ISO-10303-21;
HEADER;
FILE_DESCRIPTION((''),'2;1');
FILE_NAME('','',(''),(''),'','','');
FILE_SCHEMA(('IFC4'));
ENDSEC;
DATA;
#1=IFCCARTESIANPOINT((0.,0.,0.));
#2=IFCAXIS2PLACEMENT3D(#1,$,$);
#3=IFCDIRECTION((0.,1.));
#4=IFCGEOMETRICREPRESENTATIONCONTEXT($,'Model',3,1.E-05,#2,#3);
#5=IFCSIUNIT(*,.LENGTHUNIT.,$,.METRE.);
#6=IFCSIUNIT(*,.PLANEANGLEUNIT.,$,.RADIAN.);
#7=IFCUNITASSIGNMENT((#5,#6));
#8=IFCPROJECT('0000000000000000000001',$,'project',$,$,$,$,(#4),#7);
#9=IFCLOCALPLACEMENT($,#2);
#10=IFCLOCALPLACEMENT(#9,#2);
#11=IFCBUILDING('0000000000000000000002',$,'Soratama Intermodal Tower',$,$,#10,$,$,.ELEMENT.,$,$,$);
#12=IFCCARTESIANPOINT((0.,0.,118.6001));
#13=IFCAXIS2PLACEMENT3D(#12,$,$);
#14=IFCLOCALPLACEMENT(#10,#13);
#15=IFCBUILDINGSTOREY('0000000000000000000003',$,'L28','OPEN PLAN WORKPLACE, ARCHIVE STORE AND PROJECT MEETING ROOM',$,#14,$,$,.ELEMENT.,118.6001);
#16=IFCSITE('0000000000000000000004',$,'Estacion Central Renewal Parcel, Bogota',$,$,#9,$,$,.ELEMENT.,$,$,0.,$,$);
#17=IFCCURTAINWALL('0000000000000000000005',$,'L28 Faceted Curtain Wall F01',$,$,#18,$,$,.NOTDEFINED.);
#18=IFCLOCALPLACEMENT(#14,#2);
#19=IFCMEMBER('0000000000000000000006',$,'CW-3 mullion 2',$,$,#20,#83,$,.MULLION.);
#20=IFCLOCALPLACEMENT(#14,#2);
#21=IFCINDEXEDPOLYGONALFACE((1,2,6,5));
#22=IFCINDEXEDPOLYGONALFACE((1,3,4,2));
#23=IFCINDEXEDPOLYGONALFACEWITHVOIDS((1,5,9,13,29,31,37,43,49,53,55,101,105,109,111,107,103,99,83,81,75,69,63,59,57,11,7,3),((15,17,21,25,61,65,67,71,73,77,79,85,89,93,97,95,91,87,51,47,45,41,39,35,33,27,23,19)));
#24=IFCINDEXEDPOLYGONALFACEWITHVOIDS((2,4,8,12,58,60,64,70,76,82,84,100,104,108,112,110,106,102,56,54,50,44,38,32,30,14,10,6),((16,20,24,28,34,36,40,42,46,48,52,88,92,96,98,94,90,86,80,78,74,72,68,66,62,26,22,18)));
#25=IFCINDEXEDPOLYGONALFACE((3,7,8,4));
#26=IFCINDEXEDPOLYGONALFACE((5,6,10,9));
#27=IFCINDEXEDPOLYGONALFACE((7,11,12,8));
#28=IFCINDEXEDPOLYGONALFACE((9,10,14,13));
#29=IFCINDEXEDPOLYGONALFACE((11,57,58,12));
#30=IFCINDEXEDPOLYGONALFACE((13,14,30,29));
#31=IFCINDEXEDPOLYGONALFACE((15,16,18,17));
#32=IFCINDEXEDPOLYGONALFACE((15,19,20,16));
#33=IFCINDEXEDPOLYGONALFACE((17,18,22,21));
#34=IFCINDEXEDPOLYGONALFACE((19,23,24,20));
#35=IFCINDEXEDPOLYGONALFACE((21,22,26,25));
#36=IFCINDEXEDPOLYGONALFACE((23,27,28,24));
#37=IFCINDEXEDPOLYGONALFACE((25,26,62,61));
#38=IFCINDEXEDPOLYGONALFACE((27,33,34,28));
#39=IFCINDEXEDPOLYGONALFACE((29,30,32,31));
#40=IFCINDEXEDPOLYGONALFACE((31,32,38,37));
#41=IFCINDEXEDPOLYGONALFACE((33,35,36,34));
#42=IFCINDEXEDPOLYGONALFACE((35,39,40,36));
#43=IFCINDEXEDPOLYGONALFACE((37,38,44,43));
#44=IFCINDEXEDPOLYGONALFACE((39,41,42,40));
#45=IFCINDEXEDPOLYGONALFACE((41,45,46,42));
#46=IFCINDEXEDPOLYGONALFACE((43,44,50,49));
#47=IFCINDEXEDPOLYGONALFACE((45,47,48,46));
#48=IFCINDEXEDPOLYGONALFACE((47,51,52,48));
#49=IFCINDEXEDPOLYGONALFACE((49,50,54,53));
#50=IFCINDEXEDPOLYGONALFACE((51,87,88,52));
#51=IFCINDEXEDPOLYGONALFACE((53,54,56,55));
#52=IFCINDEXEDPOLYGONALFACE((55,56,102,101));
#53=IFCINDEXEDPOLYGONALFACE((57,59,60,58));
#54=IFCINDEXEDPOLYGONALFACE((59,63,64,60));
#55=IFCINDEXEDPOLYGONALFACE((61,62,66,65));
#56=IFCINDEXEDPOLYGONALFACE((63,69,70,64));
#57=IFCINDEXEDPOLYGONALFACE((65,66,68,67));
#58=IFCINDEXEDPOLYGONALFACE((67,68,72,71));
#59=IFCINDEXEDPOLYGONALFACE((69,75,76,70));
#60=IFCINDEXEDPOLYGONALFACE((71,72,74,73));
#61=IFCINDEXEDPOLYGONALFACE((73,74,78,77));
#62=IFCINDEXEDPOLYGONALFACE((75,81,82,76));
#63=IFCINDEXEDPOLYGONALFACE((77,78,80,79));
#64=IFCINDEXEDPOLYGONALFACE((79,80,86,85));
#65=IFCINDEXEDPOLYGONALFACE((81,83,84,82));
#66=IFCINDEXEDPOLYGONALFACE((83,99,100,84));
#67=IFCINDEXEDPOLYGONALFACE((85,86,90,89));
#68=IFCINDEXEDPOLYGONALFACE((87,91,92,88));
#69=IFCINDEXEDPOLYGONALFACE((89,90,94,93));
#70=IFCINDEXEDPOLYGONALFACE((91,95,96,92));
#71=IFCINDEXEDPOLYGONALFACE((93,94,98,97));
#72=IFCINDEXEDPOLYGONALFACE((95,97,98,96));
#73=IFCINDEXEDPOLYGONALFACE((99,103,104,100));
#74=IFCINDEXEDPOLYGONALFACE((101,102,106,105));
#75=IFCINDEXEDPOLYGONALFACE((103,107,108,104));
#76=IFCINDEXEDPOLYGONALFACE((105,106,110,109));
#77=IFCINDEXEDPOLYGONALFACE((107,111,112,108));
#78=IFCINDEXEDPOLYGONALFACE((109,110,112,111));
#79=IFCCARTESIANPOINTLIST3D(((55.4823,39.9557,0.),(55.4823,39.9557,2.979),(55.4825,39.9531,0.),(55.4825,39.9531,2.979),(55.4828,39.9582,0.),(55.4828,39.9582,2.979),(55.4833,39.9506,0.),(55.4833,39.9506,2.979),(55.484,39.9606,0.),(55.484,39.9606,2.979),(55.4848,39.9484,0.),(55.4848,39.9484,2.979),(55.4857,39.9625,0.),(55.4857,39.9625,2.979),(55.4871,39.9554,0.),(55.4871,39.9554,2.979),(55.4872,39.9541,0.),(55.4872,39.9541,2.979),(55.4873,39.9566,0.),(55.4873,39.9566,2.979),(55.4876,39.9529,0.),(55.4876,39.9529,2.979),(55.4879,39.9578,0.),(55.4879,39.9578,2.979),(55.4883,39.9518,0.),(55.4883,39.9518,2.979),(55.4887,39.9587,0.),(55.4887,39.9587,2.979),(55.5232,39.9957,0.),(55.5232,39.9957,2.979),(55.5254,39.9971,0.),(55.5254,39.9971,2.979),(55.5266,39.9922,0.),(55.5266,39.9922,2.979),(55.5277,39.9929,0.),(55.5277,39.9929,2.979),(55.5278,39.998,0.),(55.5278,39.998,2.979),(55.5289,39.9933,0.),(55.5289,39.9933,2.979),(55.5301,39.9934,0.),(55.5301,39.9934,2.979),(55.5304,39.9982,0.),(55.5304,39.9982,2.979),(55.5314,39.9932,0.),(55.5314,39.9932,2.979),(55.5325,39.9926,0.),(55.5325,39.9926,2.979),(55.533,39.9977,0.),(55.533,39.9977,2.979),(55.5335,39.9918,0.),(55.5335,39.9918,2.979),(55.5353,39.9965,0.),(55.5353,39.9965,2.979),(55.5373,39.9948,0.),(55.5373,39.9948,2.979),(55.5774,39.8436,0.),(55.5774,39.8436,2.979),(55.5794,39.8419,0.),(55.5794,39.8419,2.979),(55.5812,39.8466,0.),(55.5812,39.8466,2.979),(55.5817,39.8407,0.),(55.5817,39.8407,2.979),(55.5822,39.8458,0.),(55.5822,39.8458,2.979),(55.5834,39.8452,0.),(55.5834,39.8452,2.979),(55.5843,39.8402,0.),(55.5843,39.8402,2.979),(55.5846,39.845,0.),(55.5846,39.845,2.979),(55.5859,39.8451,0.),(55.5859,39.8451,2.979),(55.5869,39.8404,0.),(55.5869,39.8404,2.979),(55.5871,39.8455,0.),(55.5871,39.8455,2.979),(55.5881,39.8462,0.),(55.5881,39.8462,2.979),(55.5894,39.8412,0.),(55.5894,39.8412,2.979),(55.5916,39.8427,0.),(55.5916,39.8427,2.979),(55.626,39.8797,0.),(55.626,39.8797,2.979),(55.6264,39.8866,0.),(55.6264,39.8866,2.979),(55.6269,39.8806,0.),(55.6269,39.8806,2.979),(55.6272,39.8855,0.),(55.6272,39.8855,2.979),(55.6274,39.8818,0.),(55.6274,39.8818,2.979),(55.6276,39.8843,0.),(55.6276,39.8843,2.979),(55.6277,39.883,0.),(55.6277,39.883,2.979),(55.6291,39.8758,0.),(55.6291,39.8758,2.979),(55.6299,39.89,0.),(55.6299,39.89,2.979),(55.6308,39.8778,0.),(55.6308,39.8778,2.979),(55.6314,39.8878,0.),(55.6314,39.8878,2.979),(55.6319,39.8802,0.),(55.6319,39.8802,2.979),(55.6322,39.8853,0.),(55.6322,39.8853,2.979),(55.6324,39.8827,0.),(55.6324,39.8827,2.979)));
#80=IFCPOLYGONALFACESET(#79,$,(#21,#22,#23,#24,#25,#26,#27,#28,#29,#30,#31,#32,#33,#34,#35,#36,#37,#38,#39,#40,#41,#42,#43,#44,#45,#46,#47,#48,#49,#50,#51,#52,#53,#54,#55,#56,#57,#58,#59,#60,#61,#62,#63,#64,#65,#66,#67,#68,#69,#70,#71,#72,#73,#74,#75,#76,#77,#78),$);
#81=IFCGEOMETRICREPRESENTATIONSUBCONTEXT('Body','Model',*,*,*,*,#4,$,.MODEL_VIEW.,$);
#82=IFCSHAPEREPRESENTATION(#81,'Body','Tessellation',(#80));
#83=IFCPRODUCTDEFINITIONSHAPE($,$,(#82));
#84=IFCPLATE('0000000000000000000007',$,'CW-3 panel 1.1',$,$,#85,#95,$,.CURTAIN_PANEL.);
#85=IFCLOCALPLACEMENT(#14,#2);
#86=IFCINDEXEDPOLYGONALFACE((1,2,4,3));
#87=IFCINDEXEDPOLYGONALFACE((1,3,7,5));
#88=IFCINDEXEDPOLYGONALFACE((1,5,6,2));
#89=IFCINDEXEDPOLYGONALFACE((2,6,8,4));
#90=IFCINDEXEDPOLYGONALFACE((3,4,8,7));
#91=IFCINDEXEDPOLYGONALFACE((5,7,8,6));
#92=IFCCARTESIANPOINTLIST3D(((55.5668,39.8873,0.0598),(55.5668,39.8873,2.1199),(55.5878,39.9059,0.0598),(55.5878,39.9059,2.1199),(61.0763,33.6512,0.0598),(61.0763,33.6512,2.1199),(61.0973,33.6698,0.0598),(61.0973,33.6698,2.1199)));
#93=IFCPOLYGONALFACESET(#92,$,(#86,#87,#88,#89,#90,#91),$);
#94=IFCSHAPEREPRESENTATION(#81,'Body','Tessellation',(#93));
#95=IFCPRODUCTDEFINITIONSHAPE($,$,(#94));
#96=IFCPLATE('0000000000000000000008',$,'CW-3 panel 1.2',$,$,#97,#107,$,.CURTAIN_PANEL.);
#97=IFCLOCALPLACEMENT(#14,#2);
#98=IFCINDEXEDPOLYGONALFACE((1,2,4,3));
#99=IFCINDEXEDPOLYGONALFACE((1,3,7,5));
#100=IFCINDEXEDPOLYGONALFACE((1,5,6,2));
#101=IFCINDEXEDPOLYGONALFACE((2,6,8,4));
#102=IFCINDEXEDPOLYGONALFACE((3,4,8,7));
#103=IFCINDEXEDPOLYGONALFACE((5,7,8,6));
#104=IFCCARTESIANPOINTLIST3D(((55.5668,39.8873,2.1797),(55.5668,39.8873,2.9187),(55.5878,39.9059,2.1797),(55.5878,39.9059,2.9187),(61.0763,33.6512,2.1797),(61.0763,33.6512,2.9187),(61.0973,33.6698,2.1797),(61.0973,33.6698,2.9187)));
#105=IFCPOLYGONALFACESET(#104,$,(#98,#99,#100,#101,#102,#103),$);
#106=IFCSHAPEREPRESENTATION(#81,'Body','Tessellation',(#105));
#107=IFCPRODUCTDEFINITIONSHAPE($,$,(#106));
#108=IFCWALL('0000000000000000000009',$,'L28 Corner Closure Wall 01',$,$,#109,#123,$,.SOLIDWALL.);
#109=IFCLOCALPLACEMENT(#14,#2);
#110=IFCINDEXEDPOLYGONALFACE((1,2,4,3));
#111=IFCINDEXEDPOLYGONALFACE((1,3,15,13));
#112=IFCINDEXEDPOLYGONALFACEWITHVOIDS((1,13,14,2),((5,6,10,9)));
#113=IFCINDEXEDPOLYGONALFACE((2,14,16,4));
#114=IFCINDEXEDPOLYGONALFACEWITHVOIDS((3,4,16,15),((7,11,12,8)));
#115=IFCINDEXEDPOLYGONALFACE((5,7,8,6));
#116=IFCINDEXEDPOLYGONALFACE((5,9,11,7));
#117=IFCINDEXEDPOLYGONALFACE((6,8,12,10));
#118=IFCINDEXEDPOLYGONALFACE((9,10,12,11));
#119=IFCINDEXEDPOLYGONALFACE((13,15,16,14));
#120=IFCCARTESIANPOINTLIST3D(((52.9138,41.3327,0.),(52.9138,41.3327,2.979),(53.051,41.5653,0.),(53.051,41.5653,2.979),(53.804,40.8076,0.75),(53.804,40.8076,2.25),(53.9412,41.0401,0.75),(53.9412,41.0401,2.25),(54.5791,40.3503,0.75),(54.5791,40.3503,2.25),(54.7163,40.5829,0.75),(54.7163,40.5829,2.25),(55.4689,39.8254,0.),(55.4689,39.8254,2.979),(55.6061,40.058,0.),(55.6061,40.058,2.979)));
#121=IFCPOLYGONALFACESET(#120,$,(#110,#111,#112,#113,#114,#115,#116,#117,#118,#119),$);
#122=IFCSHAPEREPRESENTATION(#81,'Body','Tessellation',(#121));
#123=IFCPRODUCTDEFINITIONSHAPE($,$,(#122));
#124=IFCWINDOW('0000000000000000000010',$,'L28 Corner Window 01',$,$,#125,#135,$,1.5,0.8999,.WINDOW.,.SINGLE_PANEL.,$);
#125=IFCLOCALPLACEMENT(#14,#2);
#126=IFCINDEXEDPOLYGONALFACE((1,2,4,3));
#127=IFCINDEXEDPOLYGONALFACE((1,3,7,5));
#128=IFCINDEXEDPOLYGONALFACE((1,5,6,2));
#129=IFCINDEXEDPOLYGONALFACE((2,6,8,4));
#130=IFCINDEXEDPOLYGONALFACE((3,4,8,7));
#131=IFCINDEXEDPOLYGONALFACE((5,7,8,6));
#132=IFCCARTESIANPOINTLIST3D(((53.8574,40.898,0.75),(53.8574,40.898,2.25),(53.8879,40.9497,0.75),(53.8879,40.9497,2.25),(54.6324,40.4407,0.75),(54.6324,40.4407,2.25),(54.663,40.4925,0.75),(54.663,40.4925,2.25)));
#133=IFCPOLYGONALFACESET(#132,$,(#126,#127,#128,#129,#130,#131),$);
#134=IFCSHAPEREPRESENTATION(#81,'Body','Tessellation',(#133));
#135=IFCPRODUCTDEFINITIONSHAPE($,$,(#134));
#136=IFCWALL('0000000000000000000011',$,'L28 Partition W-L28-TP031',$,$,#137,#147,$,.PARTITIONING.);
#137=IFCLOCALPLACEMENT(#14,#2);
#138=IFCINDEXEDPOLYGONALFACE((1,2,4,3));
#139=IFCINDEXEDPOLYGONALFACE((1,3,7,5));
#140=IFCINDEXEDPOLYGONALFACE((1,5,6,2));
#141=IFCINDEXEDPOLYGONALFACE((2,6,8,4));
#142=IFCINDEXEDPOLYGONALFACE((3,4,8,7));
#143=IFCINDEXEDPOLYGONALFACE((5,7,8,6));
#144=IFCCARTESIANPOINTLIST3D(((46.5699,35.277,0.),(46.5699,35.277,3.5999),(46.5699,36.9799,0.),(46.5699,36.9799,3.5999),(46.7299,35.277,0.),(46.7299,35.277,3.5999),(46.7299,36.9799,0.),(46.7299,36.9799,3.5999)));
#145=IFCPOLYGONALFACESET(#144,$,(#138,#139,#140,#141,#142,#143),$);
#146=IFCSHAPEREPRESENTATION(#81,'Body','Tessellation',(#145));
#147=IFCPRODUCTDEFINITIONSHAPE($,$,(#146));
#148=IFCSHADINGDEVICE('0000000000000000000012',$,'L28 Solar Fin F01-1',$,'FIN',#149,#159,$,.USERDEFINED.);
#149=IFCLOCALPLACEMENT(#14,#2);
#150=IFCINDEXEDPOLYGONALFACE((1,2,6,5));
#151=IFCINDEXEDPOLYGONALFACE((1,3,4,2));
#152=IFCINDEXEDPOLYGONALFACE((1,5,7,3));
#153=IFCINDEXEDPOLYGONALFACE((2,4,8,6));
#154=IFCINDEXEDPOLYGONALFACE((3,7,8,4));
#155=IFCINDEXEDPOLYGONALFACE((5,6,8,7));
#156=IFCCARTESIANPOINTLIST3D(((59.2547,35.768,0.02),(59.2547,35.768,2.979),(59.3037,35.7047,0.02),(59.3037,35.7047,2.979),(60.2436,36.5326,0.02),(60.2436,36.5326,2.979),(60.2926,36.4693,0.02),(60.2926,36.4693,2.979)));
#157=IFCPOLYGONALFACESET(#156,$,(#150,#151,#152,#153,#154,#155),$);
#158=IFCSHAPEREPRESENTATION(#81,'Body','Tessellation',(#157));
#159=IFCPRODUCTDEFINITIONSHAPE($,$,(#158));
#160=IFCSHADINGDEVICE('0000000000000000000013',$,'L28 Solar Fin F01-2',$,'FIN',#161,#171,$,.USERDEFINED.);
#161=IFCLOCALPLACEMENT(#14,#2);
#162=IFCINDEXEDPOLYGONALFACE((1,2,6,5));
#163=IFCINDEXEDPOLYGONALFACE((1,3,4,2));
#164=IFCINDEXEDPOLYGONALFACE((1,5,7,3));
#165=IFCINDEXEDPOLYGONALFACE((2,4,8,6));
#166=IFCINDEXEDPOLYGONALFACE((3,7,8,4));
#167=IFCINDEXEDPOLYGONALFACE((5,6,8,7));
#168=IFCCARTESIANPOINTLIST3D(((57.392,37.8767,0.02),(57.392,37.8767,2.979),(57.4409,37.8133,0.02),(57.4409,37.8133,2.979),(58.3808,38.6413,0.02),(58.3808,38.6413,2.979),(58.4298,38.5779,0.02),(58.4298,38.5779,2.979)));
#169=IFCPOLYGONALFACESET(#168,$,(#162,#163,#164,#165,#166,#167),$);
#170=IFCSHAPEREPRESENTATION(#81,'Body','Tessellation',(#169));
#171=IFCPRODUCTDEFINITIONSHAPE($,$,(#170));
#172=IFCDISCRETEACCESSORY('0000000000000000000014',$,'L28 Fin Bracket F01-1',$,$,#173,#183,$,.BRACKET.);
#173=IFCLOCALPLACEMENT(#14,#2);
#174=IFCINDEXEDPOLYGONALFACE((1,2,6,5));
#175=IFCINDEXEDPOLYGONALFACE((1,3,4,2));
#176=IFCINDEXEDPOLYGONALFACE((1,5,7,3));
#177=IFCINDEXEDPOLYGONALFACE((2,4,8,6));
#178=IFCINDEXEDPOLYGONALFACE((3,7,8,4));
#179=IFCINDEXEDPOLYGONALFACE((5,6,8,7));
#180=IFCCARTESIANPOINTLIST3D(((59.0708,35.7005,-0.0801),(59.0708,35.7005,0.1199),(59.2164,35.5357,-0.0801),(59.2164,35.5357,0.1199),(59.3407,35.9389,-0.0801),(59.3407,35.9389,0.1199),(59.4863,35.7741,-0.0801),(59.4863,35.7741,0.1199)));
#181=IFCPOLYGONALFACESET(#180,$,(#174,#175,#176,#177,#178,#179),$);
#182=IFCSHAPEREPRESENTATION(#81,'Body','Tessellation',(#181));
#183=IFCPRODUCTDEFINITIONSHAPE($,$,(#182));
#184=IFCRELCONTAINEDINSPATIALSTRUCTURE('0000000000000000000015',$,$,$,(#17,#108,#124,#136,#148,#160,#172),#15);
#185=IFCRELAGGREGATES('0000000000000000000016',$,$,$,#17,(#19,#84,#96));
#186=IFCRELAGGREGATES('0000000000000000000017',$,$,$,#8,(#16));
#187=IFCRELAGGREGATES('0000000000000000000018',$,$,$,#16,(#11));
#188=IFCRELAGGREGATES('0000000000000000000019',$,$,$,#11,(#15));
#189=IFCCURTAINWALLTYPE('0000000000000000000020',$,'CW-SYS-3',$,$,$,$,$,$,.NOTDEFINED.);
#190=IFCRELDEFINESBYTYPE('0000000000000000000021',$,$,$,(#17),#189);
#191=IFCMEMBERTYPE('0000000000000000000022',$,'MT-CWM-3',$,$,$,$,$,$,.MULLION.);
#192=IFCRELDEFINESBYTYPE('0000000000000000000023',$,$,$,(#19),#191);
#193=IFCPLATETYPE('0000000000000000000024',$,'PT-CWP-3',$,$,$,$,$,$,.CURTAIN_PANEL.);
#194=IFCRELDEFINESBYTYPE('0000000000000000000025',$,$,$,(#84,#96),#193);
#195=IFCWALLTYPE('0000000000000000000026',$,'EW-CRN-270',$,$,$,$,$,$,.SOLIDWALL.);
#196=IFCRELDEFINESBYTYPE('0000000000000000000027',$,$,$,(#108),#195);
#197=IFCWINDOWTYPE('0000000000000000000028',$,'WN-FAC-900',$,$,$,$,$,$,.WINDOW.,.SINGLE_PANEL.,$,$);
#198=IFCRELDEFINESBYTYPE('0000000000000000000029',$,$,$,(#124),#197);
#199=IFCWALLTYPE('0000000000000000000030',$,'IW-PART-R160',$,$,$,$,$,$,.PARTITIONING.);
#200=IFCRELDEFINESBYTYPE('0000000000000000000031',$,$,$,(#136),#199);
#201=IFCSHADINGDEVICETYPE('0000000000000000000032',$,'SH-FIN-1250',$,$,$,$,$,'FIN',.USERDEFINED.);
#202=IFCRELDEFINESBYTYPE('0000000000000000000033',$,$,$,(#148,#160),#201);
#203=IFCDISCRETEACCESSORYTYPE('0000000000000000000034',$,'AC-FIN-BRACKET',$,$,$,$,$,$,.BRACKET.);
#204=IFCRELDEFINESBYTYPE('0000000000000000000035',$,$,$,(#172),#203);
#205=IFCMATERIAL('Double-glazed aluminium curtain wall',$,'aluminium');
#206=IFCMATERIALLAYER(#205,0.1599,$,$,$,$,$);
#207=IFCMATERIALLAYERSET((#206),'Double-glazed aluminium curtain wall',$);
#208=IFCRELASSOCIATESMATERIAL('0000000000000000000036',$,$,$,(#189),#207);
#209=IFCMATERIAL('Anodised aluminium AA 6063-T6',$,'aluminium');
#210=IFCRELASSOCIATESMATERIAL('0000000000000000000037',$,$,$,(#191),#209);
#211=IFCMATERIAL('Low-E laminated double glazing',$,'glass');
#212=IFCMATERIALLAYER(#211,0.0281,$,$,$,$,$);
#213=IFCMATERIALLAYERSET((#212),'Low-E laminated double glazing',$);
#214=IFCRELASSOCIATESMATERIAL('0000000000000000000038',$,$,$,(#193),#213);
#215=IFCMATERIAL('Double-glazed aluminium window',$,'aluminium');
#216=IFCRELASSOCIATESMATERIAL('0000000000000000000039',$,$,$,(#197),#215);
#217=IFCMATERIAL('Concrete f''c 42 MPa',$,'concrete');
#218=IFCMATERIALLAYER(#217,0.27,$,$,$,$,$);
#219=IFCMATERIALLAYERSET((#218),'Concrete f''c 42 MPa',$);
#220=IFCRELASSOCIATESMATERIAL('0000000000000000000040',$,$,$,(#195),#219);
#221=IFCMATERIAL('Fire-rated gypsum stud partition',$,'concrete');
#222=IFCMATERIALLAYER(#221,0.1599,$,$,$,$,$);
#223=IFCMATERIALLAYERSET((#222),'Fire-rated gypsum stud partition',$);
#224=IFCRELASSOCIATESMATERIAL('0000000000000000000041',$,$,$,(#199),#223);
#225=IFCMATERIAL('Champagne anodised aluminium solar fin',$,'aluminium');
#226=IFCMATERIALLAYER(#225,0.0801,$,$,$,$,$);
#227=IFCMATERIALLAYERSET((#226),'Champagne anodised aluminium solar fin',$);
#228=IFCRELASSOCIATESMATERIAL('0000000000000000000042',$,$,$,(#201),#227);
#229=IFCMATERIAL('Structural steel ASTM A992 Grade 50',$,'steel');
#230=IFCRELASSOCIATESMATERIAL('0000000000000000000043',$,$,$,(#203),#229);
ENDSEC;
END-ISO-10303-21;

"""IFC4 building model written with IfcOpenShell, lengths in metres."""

from ifc_helpers import new_model, si_unit, direction, frame, frame_2d, origin, origin_2d, place, context, subcontext, project, spatial, rectangle, hollow_rectangle, extrude, material, layer, layer_set, material_profile, profile_set, type_object, element, fill, aggregate, save


model = new_model("IFC4")

# Units and contexts
model_context = context("Model", 3, precision=1e-05, world=origin(), true_north=direction((0.0, 1.0)))
body_context = subcontext(model_context, "Body", "Model", "MODEL_VIEW")
ifc_project = project(units=[si_unit("LENGTHUNIT", "METRE"), si_unit("PLANEANGLEUNIT", "RADIAN")], contexts=[model_context])

# Site, building, storey
site_placement = place(None, origin())
site = spatial("IfcSite", under=ifc_project, at=site_placement, Name="Estacion Central Renewal Parcel, Bogota", CompositionType="ELEMENT", RefElevation=0.0)
building_placement = place(site_placement, origin())
building = spatial("IfcBuilding", under=site, at=building_placement, Name="Soratama Intermodal Tower", CompositionType="ELEMENT")
storey_placement = place(building_placement, frame((0.0, 0.0, 118.6001)))
storey = spatial("IfcBuildingStorey", under=building, at=storey_placement, Name="L28", Description="OPEN PLAN WORKPLACE, ARCHIVE STORE AND PROJECT MEETING ROOM", CompositionType="ELEMENT", Elevation=118.6001)

# Curtain wall, member, plates
ifc_material_1 = material(Name="Double-glazed aluminium curtain wall", Category="aluminium")
ifc_layer_1 = layer(ifc_material_1, 0.1599)
ifc_layer_set_1 = layer_set([ifc_layer_1], Name="Double-glazed aluminium curtain wall")
curtain_wall_type = type_object("IfcCurtainWallType", Name="CW-SYS-3", PredefinedType="NOTDEFINED", material=ifc_layer_set_1)
curtain_wall_placement = place(storey_placement, origin())
curtain_wall = element("IfcCurtainWall", 1, at=curtain_wall_placement, inside=storey, type_object=curtain_wall_type, Name="L28 Faceted Curtain Wall F01", PredefinedType="NOTDEFINED")
ifc_material_2 = material(Name="Anodised aluminium AA 6063-T6", Category="aluminium")
ifc_material_profile_1 = material_profile(ifc_material_2, hollow_rectangle(XDim=0.0701, YDim=0.1599, WallThickness=0.0049, InnerFilletRadius=0.0049, OuterFilletRadius=0.01, at=origin_2d()), Name="CWM160X70X5")
ifc_profile_set_1 = profile_set([ifc_material_profile_1], Name="Anodised aluminium AA 6063-T6")
member_type = type_object("IfcMemberType", Name="MT-CWM-3", PredefinedType="MULLION", material=ifc_profile_set_1)
member_placement = place(storey_placement, frame((55.5574, 39.9192, 0.0), z_axis=(0.0, 0.0, 1.0), x_axis=(-0.749418, -0.662098, 0.0)))
member = element("IfcMember", 2, at=member_placement, type_object=member_type, Name="CW-3 mullion 2", PredefinedType="MULLION", context=body_context, shape_type="SweptSolid", body=[
    extrude(hollow_rectangle(XDim=0.0701, YDim=0.1599, WallThickness=0.0049, InnerFilletRadius=0.0049, OuterFilletRadius=0.01, at=origin_2d()), origin(), (0.0, 0.0, 1.0), 2.979),
])
ifc_material_3 = material(Name="Low-E laminated double glazing", Category="glass")
ifc_layer_2 = layer(ifc_material_3, 0.0281)
ifc_layer_set_2 = layer_set([ifc_layer_2], Name="Low-E laminated double glazing")
plate_type = type_object("IfcPlateType", Name="PT-CWP-3", PredefinedType="CURTAIN_PANEL", material=ifc_layer_set_2)
plate_1_placement = place(storey_placement, frame((58.332, 36.7786, 0.0598), z_axis=(0.0, 0.0, 1.0), x_axis=(-0.662098, 0.749418, 0.0)))
plate_1 = element("IfcPlate", 3, at=plate_1_placement, type_object=plate_type, Name="CW-3 panel 1.1", PredefinedType="CURTAIN_PANEL", context=body_context, shape_type="SweptSolid", body=[
    extrude(rectangle(XDim=8.3213, YDim=0.0281, at=origin_2d()), origin(), (0.0, 0.0, 1.0), 2.0601),
])
plate_2_placement = place(storey_placement, frame((58.332, 36.7786, 2.1797), z_axis=(0.0, 0.0, 1.0), x_axis=(-0.662098, 0.749418, 0.0)))
plate_2 = element("IfcPlate", 4, at=plate_2_placement, type_object=plate_type, Name="CW-3 panel 1.2", PredefinedType="CURTAIN_PANEL", context=body_context, shape_type="SweptSolid", body=[
    extrude(rectangle(XDim=8.3213, YDim=0.0281, at=origin_2d()), origin(), (0.0, 0.0, 1.0), 0.739),
])
aggregate(curtain_wall, [member, plate_1, plate_2])

# Shared definitions
ifc_material_4 = material(Name="Double-glazed aluminium window", Category="aluminium")
window_type_1 = type_object("IfcWindowType", Name="WN-FAC-900", PartitioningType="SINGLE_PANEL", PredefinedType="WINDOW", material=ifc_material_4)

# Wall, opening, window
ifc_material_5 = material(Name="Concrete f'c 42 MPa", Category="concrete")
ifc_layer_3 = layer(ifc_material_5, 0.27)
ifc_layer_set_3 = layer_set([ifc_layer_3], Name="Concrete f'c 42 MPa")
wall_type_1 = type_object("IfcWallType", Name="EW-CRN-270", PredefinedType="SOLIDWALL", material=ifc_layer_set_3)
wall_1_placement = place(storey_placement, frame((55.5376, 39.9417, 0.0), z_axis=(0.0, 0.0, 1.0), x_axis=(-0.861303, 0.508091, 0.0)))
wall_1 = element("IfcWall", 5, at=wall_1_placement, inside=storey, type_object=wall_type_1, Name="L28 Corner Closure Wall 01", PredefinedType="SOLIDWALL", context=body_context, shape_type="SweptSolid", body=[
    extrude(rectangle(XDim=2.9666, YDim=0.27, at=frame_2d((1.4834, 0.0))), origin(), (0.0, 0.0, 1.0), 2.979),
])
opening_1_placement = place(wall_1_placement, frame((1.0332, 0.0, 0.75)))
opening_1 = element("IfcOpeningElement", 6, at=opening_1_placement, cuts=wall_1, PredefinedType="OPENING", context=body_context, shape_type="SweptSolid", body=[
    extrude(rectangle(XDim=0.8999, YDim=1.5, at=frame_2d((0.45, 0.75))), frame((0.0, 0.145, 0.0), z_axis=(0.0, -1.0, 0.0), x_axis=(1.0, 0.0, 0.0)), (0.0, 0.0, 1.0), 0.29),
])
window_1_placement = place(opening_1_placement, origin())
window_1 = element("IfcWindow", 7, at=window_1_placement, inside=storey, type_object=window_type_1, Name="L28 Corner Window 01", OverallHeight=1.5, OverallWidth=0.8999, PartitioningType="SINGLE_PANEL", PredefinedType="WINDOW", context=body_context, shape_type="SweptSolid", body=[
    extrude(rectangle(XDim=0.8999, YDim=1.5, at=frame_2d((0.45, 0.75))), frame((0.0, 0.03, 0.0), z_axis=(0.0, -1.0, 0.0), x_axis=(1.0, 0.0, 0.0)), (0.0, 0.0, 1.0), 0.0601),
])
fill(opening_1, window_1)

# Shared definitions
ifc_material_6 = material(Name="Fire-rated gypsum stud partition", Category="concrete")
ifc_layer_4 = layer(ifc_material_6, 0.1599)
ifc_layer_set_4 = layer_set([ifc_layer_4], Name="Fire-rated gypsum stud partition")
wall_type_2 = type_object("IfcWallType", Name="IW-PART-R160", PredefinedType="PARTITIONING", material=ifc_layer_set_4)

# Wall
wall_2_placement = place(storey_placement, frame((46.6499, 36.98, 0.0), z_axis=(0.0, 0.0, 1.0), x_axis=(0.0, -1.0, 0.0)))
element("IfcWall", 8, at=wall_2_placement, inside=storey, type_object=wall_type_2, Name="L28 Partition W-L28-TP031", PredefinedType="PARTITIONING", context=body_context, shape_type="SweptSolid", body=[
    extrude(rectangle(XDim=1.7029, YDim=0.1599, at=frame_2d((0.8516, 0.0))), origin(), (0.0, 0.0, 1.0), 3.5999),
])

# Shading devices
ifc_material_7 = material(Name="Champagne anodised aluminium solar fin", Category="aluminium")
ifc_layer_5 = layer(ifc_material_7, 0.0801)
ifc_layer_set_5 = layer_set([ifc_layer_5], Name="Champagne anodised aluminium solar fin")
shading_device_type = type_object("IfcShadingDeviceType", Name="SH-FIN-1250", ElementType="FIN", PredefinedType="USERDEFINED", material=ifc_layer_set_5)
for number, where, z_axis, x_axis, name in (
    (9, (59.7737, 36.1187, 0.02), (0.0, 0.0, 1.0), (0.791117, 0.611665, 0.0), "L28 Solar Fin F01-1"),
    (10, (57.9109, 38.2273, 0.02), (0.0, 0.0, 1.0), (0.791117, 0.611665, 0.0), "L28 Solar Fin F01-2"),
):
    element("IfcShadingDevice", number, at=place(storey_placement, frame(where, z_axis=z_axis, x_axis=x_axis)), inside=storey, type_object=shading_device_type, Name=name, ObjectType="FIN", PredefinedType="USERDEFINED", context=body_context, shape_type="SweptSolid", body=[
        extrude(rectangle(XDim=1.25, YDim=0.0801, at=origin_2d()), origin(), (0.0, 0.0, 1.0), 2.959),
    ])

# Discrete accessory
ifc_material_8 = material(Name="Structural steel ASTM A992 Grade 50", Category="steel")
discrete_accessory_type_1 = type_object("IfcDiscreteAccessoryType", Name="AC-FIN-BRACKET", PredefinedType="BRACKET", material=ifc_material_8)
for number, where, z_axis, x_axis, name in (
    (11, (59.2786, 35.7373, -0.0801), (0.0, 0.0, 1.0), (0.749418, 0.662097, 0.0), "L28 Fin Bracket F01-1"),
):
    element("IfcDiscreteAccessory", number, at=place(storey_placement, frame(where, z_axis=z_axis, x_axis=x_axis)), inside=storey, type_object=discrete_accessory_type_1, Name=name, PredefinedType="BRACKET", context=body_context, shape_type="SweptSolid", body=[
        extrude(rectangle(XDim=0.3601, YDim=0.22, at=origin_2d()), origin(), (0.0, 0.0, 1.0), 0.2),
    ])

save(model, "model.ifc")
